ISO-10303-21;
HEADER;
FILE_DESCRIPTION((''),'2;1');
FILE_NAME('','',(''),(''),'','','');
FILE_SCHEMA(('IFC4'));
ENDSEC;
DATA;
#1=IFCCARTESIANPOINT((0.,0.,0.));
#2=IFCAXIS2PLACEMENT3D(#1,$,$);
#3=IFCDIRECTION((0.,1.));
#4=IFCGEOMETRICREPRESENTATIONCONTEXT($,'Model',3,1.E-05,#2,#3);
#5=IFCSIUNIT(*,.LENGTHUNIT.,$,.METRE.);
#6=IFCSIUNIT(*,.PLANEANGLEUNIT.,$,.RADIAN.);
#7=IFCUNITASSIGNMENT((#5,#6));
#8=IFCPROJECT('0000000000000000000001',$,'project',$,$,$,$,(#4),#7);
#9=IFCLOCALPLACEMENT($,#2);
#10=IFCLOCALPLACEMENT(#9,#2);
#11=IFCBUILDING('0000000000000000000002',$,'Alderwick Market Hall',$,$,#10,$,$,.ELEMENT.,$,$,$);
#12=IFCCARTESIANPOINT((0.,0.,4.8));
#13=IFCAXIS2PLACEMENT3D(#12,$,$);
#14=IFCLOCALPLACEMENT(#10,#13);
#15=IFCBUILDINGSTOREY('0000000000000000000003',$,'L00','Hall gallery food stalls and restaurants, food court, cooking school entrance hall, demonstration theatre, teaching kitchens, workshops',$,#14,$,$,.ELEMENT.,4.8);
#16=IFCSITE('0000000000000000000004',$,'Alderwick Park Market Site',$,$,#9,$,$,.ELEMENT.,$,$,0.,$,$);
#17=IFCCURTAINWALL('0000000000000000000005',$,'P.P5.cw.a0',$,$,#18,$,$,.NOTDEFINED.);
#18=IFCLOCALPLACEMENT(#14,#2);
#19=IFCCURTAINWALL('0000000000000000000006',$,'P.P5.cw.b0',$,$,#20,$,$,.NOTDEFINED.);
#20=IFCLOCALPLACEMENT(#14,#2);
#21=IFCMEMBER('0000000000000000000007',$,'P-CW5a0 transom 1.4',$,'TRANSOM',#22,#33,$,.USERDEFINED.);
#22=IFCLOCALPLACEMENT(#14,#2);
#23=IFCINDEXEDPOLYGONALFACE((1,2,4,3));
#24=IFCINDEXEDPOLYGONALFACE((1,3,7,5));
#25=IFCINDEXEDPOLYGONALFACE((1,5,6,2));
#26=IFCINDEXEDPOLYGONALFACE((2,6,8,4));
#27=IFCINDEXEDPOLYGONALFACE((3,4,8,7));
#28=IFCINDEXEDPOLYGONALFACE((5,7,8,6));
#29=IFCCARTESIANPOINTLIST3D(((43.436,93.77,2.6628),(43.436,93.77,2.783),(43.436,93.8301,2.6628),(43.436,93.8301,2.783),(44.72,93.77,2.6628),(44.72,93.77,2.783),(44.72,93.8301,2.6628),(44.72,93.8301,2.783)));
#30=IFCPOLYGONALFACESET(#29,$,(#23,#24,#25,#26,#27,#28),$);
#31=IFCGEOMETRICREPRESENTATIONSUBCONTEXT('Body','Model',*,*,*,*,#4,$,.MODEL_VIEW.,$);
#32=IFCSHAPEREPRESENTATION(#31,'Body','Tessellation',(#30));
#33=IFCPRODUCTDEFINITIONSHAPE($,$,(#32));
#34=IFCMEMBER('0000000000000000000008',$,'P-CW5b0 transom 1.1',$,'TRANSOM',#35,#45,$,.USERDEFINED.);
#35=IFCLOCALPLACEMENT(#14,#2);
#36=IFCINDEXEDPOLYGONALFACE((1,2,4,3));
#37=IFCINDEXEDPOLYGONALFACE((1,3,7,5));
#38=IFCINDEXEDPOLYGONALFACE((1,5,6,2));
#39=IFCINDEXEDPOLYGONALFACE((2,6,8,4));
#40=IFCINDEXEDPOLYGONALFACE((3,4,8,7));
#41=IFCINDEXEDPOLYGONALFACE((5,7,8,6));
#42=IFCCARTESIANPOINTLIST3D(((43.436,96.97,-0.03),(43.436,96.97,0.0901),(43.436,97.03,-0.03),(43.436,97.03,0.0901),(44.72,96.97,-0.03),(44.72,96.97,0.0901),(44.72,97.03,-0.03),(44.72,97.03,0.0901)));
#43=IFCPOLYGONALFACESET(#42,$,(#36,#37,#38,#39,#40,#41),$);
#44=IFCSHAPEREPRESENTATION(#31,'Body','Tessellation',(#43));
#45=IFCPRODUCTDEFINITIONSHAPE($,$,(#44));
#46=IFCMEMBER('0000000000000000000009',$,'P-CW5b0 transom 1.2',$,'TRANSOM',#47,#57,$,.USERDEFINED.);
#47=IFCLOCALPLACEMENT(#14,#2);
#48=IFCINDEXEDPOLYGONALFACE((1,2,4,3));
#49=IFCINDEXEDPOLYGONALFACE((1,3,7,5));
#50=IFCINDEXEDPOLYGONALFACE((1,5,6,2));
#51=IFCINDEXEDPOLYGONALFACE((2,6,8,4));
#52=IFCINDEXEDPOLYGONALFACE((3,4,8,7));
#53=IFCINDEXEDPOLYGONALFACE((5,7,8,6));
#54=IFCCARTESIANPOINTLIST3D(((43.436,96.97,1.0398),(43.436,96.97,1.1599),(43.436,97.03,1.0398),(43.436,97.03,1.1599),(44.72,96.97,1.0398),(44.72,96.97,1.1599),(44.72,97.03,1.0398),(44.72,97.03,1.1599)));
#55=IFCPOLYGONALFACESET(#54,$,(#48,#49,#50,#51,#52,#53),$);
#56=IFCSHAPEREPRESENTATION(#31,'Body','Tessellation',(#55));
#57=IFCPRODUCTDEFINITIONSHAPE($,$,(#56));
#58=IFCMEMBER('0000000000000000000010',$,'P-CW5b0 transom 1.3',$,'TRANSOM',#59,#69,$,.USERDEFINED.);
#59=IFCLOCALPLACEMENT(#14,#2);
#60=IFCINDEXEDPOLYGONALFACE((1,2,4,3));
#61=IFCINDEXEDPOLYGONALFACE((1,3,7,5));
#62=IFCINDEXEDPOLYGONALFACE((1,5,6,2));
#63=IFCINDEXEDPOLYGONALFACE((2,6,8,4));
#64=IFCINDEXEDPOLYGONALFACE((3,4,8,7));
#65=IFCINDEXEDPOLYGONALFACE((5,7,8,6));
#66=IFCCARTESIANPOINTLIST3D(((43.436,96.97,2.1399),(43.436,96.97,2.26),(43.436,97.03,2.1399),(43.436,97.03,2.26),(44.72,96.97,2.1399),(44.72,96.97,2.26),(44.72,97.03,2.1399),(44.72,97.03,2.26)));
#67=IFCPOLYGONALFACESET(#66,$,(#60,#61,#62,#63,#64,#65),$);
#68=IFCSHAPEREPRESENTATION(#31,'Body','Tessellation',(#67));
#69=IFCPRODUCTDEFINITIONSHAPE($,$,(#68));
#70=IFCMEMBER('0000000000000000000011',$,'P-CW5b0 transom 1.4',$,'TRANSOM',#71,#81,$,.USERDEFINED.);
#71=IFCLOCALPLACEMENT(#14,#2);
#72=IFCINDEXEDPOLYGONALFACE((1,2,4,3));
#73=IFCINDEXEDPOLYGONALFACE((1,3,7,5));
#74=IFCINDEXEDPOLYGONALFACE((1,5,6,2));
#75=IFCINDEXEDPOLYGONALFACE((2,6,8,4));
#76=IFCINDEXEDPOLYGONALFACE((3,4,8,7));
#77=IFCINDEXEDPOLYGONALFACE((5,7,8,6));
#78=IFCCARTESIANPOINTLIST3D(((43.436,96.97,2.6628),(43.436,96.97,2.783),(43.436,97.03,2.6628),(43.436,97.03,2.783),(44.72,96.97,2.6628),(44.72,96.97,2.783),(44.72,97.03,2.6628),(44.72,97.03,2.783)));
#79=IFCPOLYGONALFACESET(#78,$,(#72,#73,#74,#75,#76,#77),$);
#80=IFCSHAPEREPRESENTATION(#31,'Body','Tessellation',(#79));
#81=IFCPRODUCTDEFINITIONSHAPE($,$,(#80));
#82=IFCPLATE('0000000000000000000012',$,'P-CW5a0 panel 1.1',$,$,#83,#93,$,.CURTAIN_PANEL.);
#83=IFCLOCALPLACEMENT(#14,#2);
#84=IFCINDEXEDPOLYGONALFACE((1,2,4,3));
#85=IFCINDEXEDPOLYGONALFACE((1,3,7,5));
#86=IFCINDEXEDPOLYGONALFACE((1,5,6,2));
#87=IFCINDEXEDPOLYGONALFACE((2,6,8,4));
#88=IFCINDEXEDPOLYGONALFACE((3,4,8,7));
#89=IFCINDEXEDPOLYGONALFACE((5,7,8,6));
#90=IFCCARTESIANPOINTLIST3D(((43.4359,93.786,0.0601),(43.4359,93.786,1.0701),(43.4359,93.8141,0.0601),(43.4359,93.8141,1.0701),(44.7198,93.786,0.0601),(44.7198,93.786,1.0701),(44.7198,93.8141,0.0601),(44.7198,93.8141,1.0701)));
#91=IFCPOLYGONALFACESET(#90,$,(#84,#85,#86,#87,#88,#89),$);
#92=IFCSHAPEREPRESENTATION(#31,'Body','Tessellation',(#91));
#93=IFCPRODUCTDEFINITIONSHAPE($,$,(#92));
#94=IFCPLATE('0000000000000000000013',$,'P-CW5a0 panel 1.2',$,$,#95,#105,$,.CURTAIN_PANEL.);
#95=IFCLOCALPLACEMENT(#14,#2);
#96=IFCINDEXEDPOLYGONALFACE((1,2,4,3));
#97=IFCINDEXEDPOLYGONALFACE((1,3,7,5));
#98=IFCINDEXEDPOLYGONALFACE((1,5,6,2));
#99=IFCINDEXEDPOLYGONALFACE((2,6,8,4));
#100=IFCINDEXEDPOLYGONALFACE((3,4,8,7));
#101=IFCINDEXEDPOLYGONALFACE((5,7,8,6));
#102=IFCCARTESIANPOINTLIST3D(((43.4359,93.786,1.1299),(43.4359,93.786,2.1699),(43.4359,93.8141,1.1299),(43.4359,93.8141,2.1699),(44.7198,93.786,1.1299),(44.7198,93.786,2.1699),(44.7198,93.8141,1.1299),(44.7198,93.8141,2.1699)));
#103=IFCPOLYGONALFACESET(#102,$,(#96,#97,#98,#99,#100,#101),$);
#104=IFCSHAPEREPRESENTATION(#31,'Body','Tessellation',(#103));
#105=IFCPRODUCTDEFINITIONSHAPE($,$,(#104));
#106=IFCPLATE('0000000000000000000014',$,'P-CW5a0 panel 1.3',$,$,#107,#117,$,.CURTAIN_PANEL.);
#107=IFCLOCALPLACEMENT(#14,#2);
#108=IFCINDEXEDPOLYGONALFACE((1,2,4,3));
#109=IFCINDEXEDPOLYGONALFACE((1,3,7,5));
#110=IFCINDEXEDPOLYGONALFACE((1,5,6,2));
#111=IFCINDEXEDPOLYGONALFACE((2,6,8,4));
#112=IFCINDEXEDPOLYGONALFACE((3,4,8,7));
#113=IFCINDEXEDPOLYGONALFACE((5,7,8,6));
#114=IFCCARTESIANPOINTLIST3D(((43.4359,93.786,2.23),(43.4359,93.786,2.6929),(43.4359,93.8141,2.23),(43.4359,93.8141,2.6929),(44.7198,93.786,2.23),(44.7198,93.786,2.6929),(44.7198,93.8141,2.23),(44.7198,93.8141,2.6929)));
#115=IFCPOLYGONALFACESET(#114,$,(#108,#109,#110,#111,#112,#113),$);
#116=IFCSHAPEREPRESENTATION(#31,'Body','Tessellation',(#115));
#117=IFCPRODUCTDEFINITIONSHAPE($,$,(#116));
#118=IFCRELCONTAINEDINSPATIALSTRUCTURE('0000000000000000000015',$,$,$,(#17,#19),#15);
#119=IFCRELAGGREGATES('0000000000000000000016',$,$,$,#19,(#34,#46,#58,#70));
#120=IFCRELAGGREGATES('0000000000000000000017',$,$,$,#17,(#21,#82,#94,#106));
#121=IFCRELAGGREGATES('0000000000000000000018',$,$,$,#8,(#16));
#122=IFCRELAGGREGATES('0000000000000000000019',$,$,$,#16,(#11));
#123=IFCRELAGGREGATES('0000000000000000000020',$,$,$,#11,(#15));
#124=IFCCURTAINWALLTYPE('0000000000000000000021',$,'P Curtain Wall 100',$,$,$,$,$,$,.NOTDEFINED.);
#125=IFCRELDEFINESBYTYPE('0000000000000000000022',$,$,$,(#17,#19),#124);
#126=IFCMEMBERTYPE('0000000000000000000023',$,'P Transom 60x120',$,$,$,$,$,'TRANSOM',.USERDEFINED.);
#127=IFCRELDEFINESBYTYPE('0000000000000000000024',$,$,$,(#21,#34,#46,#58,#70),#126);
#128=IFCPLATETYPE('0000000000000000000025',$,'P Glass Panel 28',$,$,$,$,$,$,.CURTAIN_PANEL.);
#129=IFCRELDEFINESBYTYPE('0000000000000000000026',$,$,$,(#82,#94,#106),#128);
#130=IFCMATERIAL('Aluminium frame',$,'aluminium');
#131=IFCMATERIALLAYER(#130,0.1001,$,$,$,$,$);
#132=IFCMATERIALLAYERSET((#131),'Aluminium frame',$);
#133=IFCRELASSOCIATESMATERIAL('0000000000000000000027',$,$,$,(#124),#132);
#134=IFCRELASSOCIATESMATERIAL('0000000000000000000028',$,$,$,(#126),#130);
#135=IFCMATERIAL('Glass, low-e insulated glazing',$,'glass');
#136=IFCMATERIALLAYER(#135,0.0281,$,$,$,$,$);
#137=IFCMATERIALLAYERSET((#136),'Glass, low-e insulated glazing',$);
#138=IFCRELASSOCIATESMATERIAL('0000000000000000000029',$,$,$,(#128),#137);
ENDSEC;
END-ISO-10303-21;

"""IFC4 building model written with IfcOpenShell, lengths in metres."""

from ifc_helpers import new_model, si_unit, direction, frame, origin, origin_2d, place, context, subcontext, project, spatial, rectangle, extrude, material, layer, layer_set, material_profile, profile_set, type_object, element, aggregate, save


model = new_model("IFC4")

# Units and contexts
model_context = context("Model", 3, precision=1e-05, world=origin(), true_north=direction((0.0, 1.0)))
body_context = subcontext(model_context, "Body", "Model", "MODEL_VIEW")
ifc_project = project(units=[si_unit("LENGTHUNIT", "METRE"), si_unit("PLANEANGLEUNIT", "RADIAN")], contexts=[model_context])

# Site, building, storey
site_placement = place(None, origin())
site = spatial("IfcSite", under=ifc_project, at=site_placement, Name="Alderwick Park Market Site", CompositionType="ELEMENT", RefElevation=0.0)
building_placement = place(site_placement, origin())
building = spatial("IfcBuilding", under=site, at=building_placement, Name="Alderwick Market Hall", CompositionType="ELEMENT")
storey_placement = place(building_placement, frame((0.0, 0.0, 4.8)))
storey = spatial("IfcBuildingStorey", under=building, at=storey_placement, Name="L00", Description="Hall gallery food stalls and restaurants, food court, cooking school entrance hall, demonstration theatre, teaching kitchens, workshops", CompositionType="ELEMENT", Elevation=4.8)

# Curtain walls
ifc_material_1 = material(Name="Aluminium frame", Category="aluminium")
ifc_layer_1 = layer(ifc_material_1, 0.1001)
ifc_layer_set_1 = layer_set([ifc_layer_1], Name="Aluminium frame")
curtain_wall_type = type_object("IfcCurtainWallType", Name="P Curtain Wall 100", PredefinedType="NOTDEFINED", material=ifc_layer_set_1)
curtain_wall_1_placement = place(storey_placement, origin())
curtain_wall_1 = element("IfcCurtainWall", 1, at=curtain_wall_1_placement, inside=storey, type_object=curtain_wall_type, Name="P.P5.cw.a0", PredefinedType="NOTDEFINED")
curtain_wall_2_placement = place(storey_placement, origin())
curtain_wall_2 = element("IfcCurtainWall", 2, at=curtain_wall_2_placement, inside=storey, type_object=curtain_wall_type, Name="P.P5.cw.b0", PredefinedType="NOTDEFINED")

# Members
ifc_material_profile_1 = material_profile(ifc_material_1, rectangle(XDim=0.0601, YDim=0.1201, at=origin_2d()), Name="P Transom 60x120")
ifc_profile_set_1 = profile_set([ifc_material_profile_1], Name="Aluminium frame")
member_type_1 = type_object("IfcMemberType", Name="P Transom 60x120", ElementType="TRANSOM", PredefinedType="USERDEFINED", material=ifc_profile_set_1)
member_1_placement = place(storey_placement, frame((43.436, 93.8, 2.7229), z_axis=(1.0, 0.0, 0.0), x_axis=(0.0, 1.0, 0.0)))
member_1 = element("IfcMember", 3, at=member_1_placement, type_object=member_type_1, Name="P-CW5a0 transom 1.4", ObjectType="TRANSOM", PredefinedType="USERDEFINED", context=body_context, shape_type="SweptSolid", body=[
    extrude(rectangle(XDim=0.0601, YDim=0.1201, at=origin_2d()), origin(), (0.0, 0.0, 1.0), 1.2839),
])
member_2_placement = place(storey_placement, frame((43.436, 97.0, 0.03), z_axis=(1.0, 0.0, 0.0), x_axis=(0.0, 1.0, 0.0)))
member_2 = element("IfcMember", 4, at=member_2_placement, type_object=member_type_1, Name="P-CW5b0 transom 1.1", ObjectType="TRANSOM", PredefinedType="USERDEFINED", context=body_context, shape_type="SweptSolid", body=[
    extrude(rectangle(XDim=0.0601, YDim=0.1201, at=origin_2d()), origin(), (0.0, 0.0, 1.0), 1.2839),
])
member_3_placement = place(storey_placement, frame((43.436, 97.0, 1.0999), z_axis=(1.0, 0.0, 0.0), x_axis=(0.0, 1.0, 0.0)))
member_3 = element("IfcMember", 5, at=member_3_placement, type_object=member_type_1, Name="P-CW5b0 transom 1.2", ObjectType="TRANSOM", PredefinedType="USERDEFINED", context=body_context, shape_type="SweptSolid", body=[
    extrude(rectangle(XDim=0.0601, YDim=0.1201, at=origin_2d()), origin(), (0.0, 0.0, 1.0), 1.2839),
])
member_4_placement = place(storey_placement, frame((43.436, 97.0, 2.2), z_axis=(1.0, 0.0, 0.0), x_axis=(0.0, 1.0, 0.0)))
member_4 = element("IfcMember", 6, at=member_4_placement, type_object=member_type_1, Name="P-CW5b0 transom 1.3", ObjectType="TRANSOM", PredefinedType="USERDEFINED", context=body_context, shape_type="SweptSolid", body=[
    extrude(rectangle(XDim=0.0601, YDim=0.1201, at=origin_2d()), origin(), (0.0, 0.0, 1.0), 1.2839),
])
member_5_placement = place(storey_placement, frame((43.436, 97.0, 2.7229), z_axis=(1.0, 0.0, 0.0), x_axis=(0.0, 1.0, 0.0)))
member_5 = element("IfcMember", 7, at=member_5_placement, type_object=member_type_1, Name="P-CW5b0 transom 1.4", ObjectType="TRANSOM", PredefinedType="USERDEFINED", context=body_context, shape_type="SweptSolid", body=[
    extrude(rectangle(XDim=0.0601, YDim=0.1201, at=origin_2d()), origin(), (0.0, 0.0, 1.0), 1.2839),
])
aggregate(curtain_wall_2, [member_2, member_3, member_4, member_5])

# Plates
ifc_material_2 = material(Name="Glass, low-e insulated glazing", Category="glass")
ifc_layer_2 = layer(ifc_material_2, 0.0281)
ifc_layer_set_2 = layer_set([ifc_layer_2], Name="Glass, low-e insulated glazing")
plate_type = type_object("IfcPlateType", Name="P Glass Panel 28", PredefinedType="CURTAIN_PANEL", material=ifc_layer_set_2)
plate_1_placement = place(storey_placement, frame((44.0779, 93.8, 0.0601), z_axis=(0.0, 0.0, 1.0), x_axis=(1.0, 0.0, 0.0)))
plate_1 = element("IfcPlate", 8, at=plate_1_placement, type_object=plate_type, Name="P-CW5a0 panel 1.1", PredefinedType="CURTAIN_PANEL", context=body_context, shape_type="SweptSolid", body=[
    extrude(rectangle(XDim=1.2839, YDim=0.0281, at=origin_2d()), origin(), (0.0, 0.0, 1.0), 1.01),
])
plate_2_placement = place(storey_placement, frame((44.0779, 93.8, 1.1299), z_axis=(0.0, 0.0, 1.0), x_axis=(1.0, 0.0, 0.0)))
plate_2 = element("IfcPlate", 9, at=plate_2_placement, type_object=plate_type, Name="P-CW5a0 panel 1.2", PredefinedType="CURTAIN_PANEL", context=body_context, shape_type="SweptSolid", body=[
    extrude(rectangle(XDim=1.2839, YDim=0.0281, at=origin_2d()), origin(), (0.0, 0.0, 1.0), 1.04),
])
plate_3_placement = place(storey_placement, frame((44.0779, 93.8, 2.23), z_axis=(0.0, 0.0, 1.0), x_axis=(1.0, 0.0, 0.0)))
plate_3 = element("IfcPlate", 10, at=plate_3_placement, type_object=plate_type, Name="P-CW5a0 panel 1.3", PredefinedType="CURTAIN_PANEL", context=body_context, shape_type="SweptSolid", body=[
    extrude(rectangle(XDim=1.2839, YDim=0.0281, at=origin_2d()), origin(), (0.0, 0.0, 1.0), 0.4629),
])
aggregate(curtain_wall_1, [member_1, plate_1, plate_2, plate_3])

save(model, "model.ifc")
